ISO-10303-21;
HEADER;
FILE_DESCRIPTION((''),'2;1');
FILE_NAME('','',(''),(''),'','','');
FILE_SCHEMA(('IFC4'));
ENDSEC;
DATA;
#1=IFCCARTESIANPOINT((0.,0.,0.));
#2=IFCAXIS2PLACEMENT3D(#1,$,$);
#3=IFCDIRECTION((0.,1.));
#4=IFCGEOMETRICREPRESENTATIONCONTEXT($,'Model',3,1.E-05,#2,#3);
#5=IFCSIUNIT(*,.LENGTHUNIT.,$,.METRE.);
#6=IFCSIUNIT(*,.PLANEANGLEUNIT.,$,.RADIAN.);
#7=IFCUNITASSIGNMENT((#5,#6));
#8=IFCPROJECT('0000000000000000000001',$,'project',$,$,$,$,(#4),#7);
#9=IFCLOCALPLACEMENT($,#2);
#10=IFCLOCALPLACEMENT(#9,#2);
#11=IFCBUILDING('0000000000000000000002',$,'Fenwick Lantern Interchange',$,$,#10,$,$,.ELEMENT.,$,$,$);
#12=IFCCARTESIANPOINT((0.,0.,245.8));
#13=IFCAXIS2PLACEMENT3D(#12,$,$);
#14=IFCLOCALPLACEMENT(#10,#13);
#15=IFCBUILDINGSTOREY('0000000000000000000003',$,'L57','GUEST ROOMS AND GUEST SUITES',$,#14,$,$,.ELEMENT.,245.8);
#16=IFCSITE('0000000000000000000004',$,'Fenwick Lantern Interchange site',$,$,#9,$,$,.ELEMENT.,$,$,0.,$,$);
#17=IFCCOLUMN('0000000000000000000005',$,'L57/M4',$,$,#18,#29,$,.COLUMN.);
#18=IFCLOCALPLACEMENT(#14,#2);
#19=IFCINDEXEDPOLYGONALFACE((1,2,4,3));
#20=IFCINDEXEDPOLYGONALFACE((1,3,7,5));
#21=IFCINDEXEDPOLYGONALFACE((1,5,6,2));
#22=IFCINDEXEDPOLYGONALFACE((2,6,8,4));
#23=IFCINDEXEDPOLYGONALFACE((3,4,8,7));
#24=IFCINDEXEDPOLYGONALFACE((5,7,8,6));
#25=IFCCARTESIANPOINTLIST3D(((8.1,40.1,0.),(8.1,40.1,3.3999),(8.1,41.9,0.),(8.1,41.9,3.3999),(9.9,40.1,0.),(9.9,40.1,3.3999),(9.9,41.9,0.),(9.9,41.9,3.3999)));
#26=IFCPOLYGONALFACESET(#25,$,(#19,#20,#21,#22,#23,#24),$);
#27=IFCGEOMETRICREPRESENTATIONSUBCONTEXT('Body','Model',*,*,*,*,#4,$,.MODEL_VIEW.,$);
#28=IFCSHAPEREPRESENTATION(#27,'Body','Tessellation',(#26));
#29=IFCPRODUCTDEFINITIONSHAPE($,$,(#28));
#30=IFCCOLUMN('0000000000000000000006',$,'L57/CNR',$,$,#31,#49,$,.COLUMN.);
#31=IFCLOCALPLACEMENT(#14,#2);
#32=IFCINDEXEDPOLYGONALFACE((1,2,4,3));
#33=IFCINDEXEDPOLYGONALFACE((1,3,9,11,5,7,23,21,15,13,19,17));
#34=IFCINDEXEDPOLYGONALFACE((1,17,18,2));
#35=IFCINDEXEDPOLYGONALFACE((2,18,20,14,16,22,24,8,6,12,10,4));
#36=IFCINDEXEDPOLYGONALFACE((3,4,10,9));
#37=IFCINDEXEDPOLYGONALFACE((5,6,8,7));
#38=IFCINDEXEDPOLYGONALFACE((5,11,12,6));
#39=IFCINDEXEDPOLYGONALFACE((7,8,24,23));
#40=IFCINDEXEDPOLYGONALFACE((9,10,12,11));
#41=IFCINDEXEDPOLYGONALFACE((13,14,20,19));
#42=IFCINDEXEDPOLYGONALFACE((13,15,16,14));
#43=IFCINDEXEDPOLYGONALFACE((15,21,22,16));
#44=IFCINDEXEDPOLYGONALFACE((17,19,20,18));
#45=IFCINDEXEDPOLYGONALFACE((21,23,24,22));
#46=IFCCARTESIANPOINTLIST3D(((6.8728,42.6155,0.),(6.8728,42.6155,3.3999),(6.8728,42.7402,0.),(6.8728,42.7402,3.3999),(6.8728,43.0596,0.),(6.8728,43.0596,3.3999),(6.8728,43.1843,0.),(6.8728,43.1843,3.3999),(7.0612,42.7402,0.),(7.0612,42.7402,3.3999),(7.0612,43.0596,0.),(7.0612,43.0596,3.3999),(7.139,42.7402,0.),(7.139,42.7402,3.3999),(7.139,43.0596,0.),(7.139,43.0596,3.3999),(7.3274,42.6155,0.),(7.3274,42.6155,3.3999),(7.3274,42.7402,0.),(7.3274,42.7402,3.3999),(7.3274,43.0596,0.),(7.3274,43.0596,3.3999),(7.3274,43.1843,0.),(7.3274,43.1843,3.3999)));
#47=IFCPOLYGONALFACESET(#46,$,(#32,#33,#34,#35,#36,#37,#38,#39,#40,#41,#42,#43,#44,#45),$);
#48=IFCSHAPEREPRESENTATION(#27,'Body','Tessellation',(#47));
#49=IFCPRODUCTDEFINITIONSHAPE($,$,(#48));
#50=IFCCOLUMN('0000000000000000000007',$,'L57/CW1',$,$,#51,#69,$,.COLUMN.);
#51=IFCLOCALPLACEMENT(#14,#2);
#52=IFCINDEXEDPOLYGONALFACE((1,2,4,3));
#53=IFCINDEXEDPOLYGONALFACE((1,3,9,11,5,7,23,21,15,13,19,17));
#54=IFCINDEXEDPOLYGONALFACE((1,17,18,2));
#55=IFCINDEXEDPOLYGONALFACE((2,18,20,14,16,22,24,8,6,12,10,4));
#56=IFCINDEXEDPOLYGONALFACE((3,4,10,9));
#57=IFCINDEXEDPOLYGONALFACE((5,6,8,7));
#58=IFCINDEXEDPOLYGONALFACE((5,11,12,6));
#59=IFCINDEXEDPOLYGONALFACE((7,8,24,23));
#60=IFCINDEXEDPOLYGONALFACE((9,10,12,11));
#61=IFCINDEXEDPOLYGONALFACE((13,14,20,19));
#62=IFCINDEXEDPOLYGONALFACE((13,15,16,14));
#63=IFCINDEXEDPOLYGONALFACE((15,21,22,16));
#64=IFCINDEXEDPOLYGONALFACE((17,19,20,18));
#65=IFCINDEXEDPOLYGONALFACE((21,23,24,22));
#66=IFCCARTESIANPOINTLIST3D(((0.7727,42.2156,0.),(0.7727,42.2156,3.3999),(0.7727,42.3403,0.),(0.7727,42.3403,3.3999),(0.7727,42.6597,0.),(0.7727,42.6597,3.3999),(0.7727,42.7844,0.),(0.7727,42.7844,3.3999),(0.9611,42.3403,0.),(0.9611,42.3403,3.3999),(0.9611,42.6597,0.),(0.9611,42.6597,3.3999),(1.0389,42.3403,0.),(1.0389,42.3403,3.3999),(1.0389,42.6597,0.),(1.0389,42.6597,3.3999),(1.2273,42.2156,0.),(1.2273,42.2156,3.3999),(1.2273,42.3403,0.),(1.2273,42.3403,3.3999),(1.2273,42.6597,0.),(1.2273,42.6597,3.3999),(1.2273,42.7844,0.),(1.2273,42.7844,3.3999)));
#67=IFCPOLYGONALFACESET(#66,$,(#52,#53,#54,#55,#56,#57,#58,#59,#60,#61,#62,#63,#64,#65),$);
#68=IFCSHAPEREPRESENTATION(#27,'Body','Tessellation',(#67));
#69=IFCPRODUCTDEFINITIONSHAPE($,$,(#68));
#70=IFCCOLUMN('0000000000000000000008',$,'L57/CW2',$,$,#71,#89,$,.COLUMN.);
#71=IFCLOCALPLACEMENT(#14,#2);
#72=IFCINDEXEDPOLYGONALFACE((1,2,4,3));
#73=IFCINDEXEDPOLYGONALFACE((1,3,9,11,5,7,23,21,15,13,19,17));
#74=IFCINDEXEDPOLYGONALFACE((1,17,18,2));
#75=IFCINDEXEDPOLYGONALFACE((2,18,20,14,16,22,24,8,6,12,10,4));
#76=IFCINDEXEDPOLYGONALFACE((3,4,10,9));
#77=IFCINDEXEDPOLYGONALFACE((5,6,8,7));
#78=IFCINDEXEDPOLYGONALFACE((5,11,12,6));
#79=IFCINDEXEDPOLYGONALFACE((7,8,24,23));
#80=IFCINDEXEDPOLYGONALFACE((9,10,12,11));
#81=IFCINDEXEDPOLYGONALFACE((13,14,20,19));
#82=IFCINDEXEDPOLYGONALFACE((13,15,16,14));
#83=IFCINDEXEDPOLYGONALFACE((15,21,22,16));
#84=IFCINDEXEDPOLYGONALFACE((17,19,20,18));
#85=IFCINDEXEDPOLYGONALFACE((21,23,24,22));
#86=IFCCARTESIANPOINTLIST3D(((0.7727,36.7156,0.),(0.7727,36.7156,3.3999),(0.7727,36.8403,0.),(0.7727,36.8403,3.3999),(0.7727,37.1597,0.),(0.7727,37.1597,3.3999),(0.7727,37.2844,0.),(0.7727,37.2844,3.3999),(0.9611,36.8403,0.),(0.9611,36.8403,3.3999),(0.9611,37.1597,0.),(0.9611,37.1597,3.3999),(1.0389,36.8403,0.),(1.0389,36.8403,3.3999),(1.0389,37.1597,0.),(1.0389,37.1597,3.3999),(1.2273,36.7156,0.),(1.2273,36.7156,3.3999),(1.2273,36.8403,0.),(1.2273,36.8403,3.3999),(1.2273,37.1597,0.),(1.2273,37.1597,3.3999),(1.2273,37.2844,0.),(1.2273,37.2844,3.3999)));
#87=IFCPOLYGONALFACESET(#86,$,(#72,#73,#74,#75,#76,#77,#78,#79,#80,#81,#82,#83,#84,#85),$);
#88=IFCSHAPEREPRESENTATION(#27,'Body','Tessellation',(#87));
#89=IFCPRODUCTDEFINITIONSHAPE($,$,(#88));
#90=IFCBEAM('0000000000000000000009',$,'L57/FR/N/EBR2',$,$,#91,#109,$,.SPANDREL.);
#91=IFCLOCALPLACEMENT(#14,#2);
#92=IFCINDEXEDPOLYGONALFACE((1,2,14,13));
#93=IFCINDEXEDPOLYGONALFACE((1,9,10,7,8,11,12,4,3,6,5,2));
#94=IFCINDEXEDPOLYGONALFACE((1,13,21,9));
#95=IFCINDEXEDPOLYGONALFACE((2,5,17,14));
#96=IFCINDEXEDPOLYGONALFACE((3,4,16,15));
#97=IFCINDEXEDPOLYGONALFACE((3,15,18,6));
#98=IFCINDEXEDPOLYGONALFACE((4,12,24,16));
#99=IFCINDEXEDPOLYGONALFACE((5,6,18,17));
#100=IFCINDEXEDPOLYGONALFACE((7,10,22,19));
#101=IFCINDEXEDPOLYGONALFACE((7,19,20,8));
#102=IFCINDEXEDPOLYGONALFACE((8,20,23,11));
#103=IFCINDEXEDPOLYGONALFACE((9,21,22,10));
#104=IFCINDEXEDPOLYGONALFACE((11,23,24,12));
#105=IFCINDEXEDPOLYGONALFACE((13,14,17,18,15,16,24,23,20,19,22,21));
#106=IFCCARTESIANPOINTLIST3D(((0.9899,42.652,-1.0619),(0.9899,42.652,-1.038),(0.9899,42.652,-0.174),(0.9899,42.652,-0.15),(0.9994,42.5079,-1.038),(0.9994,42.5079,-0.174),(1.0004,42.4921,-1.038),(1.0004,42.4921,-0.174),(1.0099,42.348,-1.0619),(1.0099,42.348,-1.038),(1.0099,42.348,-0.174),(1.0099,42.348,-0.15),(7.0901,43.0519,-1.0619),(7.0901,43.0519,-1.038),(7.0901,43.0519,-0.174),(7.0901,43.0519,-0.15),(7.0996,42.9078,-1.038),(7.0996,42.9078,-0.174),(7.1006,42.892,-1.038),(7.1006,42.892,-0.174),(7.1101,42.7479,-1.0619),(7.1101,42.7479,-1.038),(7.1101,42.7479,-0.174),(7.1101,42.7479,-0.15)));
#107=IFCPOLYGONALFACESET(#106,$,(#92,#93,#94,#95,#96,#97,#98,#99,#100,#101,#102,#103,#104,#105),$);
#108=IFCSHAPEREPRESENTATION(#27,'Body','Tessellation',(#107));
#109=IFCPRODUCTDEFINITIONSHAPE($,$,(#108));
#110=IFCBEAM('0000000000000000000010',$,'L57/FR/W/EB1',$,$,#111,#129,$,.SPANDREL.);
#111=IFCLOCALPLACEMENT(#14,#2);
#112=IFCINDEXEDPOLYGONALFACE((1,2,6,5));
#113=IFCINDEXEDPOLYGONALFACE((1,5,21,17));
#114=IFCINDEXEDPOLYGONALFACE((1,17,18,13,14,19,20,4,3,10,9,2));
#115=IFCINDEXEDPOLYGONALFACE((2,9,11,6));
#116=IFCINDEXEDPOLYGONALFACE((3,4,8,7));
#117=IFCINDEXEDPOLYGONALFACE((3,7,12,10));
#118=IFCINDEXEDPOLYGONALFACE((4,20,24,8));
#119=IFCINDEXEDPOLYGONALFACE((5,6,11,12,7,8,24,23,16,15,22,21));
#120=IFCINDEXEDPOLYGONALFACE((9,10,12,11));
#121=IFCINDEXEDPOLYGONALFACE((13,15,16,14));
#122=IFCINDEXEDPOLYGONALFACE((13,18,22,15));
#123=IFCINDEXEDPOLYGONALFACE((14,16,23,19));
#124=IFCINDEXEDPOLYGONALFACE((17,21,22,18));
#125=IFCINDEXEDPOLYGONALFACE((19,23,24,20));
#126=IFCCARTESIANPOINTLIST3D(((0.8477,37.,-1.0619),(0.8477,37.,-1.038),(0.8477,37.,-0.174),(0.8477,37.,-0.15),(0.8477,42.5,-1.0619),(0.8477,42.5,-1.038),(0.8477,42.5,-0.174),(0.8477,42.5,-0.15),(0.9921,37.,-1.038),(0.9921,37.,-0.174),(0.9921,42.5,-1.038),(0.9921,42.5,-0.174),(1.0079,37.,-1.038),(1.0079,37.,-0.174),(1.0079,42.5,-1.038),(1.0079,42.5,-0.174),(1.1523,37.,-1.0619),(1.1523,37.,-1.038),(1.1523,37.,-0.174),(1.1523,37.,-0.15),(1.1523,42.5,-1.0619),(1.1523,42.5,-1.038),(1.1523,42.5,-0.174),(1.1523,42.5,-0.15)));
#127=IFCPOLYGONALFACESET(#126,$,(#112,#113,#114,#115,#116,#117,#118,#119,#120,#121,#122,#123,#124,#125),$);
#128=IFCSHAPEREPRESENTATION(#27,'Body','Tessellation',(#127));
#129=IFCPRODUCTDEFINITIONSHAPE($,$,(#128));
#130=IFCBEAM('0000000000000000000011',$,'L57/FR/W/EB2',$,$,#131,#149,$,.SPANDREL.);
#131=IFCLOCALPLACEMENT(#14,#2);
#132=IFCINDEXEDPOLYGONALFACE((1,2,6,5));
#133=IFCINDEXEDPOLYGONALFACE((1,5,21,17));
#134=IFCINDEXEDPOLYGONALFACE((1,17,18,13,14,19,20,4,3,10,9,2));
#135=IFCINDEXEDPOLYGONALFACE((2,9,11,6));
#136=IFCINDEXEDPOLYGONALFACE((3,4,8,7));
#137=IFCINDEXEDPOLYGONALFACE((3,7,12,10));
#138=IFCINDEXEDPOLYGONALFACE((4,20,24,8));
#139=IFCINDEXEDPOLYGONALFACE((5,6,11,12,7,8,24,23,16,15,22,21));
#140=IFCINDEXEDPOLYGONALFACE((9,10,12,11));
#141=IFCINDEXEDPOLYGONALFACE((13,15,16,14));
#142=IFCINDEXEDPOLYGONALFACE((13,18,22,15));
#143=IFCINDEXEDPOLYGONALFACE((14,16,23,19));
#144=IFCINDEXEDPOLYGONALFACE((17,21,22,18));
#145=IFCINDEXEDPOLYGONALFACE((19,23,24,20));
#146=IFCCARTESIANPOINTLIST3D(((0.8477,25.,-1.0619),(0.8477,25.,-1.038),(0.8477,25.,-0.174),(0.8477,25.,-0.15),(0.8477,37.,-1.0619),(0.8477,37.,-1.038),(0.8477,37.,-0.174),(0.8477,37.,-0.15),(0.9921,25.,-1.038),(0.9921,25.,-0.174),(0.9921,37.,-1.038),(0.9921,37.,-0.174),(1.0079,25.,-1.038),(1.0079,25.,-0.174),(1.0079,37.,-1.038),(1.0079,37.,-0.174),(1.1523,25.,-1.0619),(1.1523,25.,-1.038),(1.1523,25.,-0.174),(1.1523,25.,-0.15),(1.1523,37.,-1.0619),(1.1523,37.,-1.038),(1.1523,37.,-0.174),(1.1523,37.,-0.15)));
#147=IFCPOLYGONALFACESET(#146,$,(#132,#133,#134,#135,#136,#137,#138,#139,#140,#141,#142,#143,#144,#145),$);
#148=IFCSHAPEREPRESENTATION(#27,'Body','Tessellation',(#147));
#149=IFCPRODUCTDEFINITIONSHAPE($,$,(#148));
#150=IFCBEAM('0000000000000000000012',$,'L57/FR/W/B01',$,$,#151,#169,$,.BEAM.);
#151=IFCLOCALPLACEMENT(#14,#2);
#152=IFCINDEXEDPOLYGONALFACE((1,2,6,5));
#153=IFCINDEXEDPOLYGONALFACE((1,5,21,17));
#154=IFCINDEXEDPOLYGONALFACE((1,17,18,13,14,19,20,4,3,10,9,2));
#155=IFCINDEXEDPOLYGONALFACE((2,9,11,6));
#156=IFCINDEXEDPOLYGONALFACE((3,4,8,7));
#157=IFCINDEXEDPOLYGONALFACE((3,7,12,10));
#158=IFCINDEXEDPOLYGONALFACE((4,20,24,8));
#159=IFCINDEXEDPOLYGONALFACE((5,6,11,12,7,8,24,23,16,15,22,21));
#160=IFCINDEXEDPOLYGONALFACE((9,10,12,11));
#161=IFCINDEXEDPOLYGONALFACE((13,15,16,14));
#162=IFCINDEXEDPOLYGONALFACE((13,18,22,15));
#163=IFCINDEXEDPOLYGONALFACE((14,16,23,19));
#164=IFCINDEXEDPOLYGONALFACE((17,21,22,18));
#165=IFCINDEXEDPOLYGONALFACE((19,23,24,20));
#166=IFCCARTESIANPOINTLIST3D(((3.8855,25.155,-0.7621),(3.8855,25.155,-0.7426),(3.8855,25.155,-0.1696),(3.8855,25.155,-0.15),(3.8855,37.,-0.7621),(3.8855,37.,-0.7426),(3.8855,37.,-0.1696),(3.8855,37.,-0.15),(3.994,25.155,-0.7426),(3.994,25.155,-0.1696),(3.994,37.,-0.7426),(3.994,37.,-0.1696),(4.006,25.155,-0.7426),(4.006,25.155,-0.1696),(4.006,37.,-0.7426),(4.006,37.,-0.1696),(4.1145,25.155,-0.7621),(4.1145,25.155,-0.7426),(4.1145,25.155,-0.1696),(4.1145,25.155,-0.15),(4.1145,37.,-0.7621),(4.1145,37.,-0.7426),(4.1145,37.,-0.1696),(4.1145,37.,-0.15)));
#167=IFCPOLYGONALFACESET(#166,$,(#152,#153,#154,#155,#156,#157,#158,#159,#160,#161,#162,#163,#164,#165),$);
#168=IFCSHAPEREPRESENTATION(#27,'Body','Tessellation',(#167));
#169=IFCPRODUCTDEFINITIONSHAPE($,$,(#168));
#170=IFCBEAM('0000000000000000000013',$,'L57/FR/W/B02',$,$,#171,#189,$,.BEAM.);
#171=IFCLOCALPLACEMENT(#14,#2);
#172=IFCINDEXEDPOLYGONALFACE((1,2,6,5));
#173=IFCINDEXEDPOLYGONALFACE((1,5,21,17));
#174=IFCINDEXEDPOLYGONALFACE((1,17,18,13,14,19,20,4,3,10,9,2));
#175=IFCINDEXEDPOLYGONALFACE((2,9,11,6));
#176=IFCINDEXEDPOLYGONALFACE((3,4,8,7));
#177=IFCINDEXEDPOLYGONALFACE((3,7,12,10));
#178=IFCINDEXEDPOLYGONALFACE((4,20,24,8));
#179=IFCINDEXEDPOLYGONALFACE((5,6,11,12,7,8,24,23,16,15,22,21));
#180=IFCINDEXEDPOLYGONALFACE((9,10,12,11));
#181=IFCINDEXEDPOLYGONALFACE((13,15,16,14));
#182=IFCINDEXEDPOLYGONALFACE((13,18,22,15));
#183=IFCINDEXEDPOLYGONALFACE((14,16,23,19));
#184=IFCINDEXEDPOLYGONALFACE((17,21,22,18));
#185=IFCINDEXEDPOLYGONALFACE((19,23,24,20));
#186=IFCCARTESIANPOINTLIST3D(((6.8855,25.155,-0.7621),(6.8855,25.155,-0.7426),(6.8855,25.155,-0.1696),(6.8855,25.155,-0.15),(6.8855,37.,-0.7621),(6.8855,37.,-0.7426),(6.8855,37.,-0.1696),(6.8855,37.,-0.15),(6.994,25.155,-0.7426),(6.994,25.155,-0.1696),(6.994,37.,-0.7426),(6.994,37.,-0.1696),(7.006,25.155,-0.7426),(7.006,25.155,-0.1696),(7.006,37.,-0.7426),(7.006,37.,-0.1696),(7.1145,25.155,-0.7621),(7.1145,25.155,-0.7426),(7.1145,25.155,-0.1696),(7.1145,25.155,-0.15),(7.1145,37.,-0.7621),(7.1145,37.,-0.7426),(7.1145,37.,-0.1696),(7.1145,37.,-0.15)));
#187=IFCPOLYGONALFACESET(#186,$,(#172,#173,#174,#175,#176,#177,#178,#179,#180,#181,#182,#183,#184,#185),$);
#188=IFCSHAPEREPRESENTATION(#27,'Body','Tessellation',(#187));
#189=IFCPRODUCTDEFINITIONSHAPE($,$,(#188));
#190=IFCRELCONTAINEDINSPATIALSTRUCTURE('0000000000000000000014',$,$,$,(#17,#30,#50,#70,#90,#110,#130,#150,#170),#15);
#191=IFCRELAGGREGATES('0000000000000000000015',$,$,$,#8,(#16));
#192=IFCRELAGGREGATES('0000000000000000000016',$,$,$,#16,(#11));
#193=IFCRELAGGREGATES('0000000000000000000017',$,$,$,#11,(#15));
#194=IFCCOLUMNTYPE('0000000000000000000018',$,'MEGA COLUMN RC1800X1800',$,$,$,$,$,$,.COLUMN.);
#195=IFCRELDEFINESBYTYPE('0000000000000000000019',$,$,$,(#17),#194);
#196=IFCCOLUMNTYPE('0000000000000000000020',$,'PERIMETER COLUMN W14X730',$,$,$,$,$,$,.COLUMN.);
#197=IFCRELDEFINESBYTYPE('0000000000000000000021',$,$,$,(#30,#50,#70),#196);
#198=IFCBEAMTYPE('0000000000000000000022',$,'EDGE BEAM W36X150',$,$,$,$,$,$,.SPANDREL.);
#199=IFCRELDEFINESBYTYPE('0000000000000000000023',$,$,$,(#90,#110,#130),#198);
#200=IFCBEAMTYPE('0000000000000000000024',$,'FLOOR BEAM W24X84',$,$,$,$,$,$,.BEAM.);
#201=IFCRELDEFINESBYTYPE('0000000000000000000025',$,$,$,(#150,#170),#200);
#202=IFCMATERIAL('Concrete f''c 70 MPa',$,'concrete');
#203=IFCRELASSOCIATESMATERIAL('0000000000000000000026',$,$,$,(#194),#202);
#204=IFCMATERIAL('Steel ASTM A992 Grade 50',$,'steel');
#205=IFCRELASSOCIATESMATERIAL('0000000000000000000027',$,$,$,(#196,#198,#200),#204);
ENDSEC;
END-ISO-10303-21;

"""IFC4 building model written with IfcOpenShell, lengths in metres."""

from ifc_helpers import new_model, si_unit, direction, frame, origin, origin_2d, place, context, subcontext, project, spatial, rectangle, i_section, extrude, material, material_profile, profile_set, type_object, element, save


model = new_model("IFC4")

# Units and contexts
model_context = context("Model", 3, precision=1e-05, world=origin(), true_north=direction((0.0, 1.0)))
body_context = subcontext(model_context, "Body", "Model", "MODEL_VIEW")
ifc_project = project(units=[si_unit("LENGTHUNIT", "METRE"), si_unit("PLANEANGLEUNIT", "RADIAN")], contexts=[model_context])

# Site, building, storey
site_placement = place(None, origin())
site = spatial("IfcSite", under=ifc_project, at=site_placement, Name="Fenwick Lantern Interchange site", CompositionType="ELEMENT", RefElevation=0.0)
building_placement = place(site_placement, origin())
building = spatial("IfcBuilding", under=site, at=building_placement, Name="Fenwick Lantern Interchange", CompositionType="ELEMENT")
storey_placement = place(building_placement, frame((0.0, 0.0, 245.8)))
storey = spatial("IfcBuildingStorey", under=building, at=storey_placement, Name="L57", Description="GUEST ROOMS AND GUEST SUITES", CompositionType="ELEMENT", Elevation=245.8)

# Columns
ifc_material_1 = material(Name="Concrete f'c 70 MPa", Category="concrete")
ifc_material_profile_1 = material_profile(ifc_material_1, rectangle(XDim=1.8, YDim=1.8, at=origin_2d()), Name="RC1800X1800")
ifc_profile_set_1 = profile_set([ifc_material_profile_1], Name="Concrete f'c 70 MPa")
column_type_1 = type_object("IfcColumnType", Name="MEGA COLUMN RC1800X1800", PredefinedType="COLUMN", material=ifc_profile_set_1)
column_placement = place(storey_placement, frame((9.0, 41.0, 0.0), z_axis=(0.0, 0.0, 1.0), x_axis=(1.0, 0.0, 0.0)))
element("IfcColumn", 1, at=column_placement, inside=storey, type_object=column_type_1, Name="L57/M4", PredefinedType="COLUMN", context=body_context, shape_type="SweptSolid", body=[
    extrude(rectangle(XDim=1.8, YDim=1.8, at=origin_2d()), origin(), (0.0, 0.0, 1.0), 3.3999),
])
ifc_material_2 = material(Name="Steel ASTM A992 Grade 50", Category="steel")
ifc_material_profile_2 = material_profile(ifc_material_2, i_section(OverallWidth=0.4546, OverallDepth=0.5688, WebThickness=0.0779, FlangeThickness=0.1248, at=origin_2d()), Name="W14X730")
ifc_profile_set_2 = profile_set([ifc_material_profile_2], Name="Steel ASTM A992 Grade 50")
column_type_2 = type_object("IfcColumnType", Name="PERIMETER COLUMN W14X730", PredefinedType="COLUMN", material=ifc_profile_set_2)
for number, where, z_axis, x_axis, name in (
    (2, (7.1001, 42.8999, 0.0), (0.0, 0.0, 1.0), (1.0, 0.0, 0.0), "L57/CNR"),
    (3, (1.0, 42.5, 0.0), (0.0, 0.0, 1.0), (1.0, 0.0, 0.0), "L57/CW1"),
    (4, (1.0, 37.0, 0.0), (0.0, 0.0, 1.0), (1.0, 0.0, 0.0), "L57/CW2"),
):
    element("IfcColumn", number, at=place(storey_placement, frame(where, z_axis=z_axis, x_axis=x_axis)), inside=storey, type_object=column_type_2, Name=name, PredefinedType="COLUMN", context=body_context, shape_type="SweptSolid", body=[
        extrude(i_section(OverallWidth=0.4546, OverallDepth=0.5688, WebThickness=0.0779, FlangeThickness=0.1248, at=origin_2d()), origin(), (0.0, 0.0, 1.0), 3.3999),
    ])

# Beams
ifc_material_profile_3 = material_profile(ifc_material_2, i_section(OverallWidth=0.3047, OverallDepth=0.9119, WebThickness=0.0159, FlangeThickness=0.0239, at=origin_2d()), Name="W36X150")
ifc_profile_set_3 = profile_set([ifc_material_profile_3], Name="Steel ASTM A992 Grade 50")
beam_type_1 = type_object("IfcBeamType", Name="EDGE BEAM W36X150", PredefinedType="SPANDREL", material=ifc_profile_set_3)
beam_1_placement = place(storey_placement, frame((7.1001, 42.8999, -0.606), z_axis=(-0.997858, -0.065416, 0.0), x_axis=(0.065416, -0.997858, 0.0)))
element("IfcBeam", 5, at=beam_1_placement, inside=storey, type_object=beam_type_1, Name="L57/FR/N/EBR2", PredefinedType="SPANDREL", context=body_context, shape_type="SweptSolid", body=[
    extrude(i_section(OverallWidth=0.3047, OverallDepth=0.9119, WebThickness=0.0159, FlangeThickness=0.0239, at=origin_2d()), origin(), (0.0, 0.0, 1.0), 6.1133),
])
beam_2_placement = place(storey_placement, frame((1.0, 42.5, -0.606), z_axis=(0.0, -1.0, 0.0), x_axis=(1.0, 0.0, 0.0)))
element("IfcBeam", 6, at=beam_2_placement, inside=storey, type_object=beam_type_1, Name="L57/FR/W/EB1", PredefinedType="SPANDREL", context=body_context, shape_type="SweptSolid", body=[
    extrude(i_section(OverallWidth=0.3047, OverallDepth=0.9119, WebThickness=0.0159, FlangeThickness=0.0239, at=origin_2d()), origin(), (0.0, 0.0, 1.0), 5.5),
])
beam_3_placement = place(storey_placement, frame((1.0, 37.0, -0.606), z_axis=(0.0, -1.0, 0.0), x_axis=(1.0, 0.0, 0.0)))
element("IfcBeam", 7, at=beam_3_placement, inside=storey, type_object=beam_type_1, Name="L57/FR/W/EB2", PredefinedType="SPANDREL", context=body_context, shape_type="SweptSolid", body=[
    extrude(i_section(OverallWidth=0.3047, OverallDepth=0.9119, WebThickness=0.0159, FlangeThickness=0.0239, at=origin_2d()), origin(), (0.0, 0.0, 1.0), 12.0),
])
ifc_material_profile_4 = material_profile(ifc_material_2, i_section(OverallWidth=0.229, OverallDepth=0.6121, WebThickness=0.012, FlangeThickness=0.0195, at=origin_2d()), Name="W24X84")
ifc_profile_set_4 = profile_set([ifc_material_profile_4], Name="Steel ASTM A992 Grade 50")
beam_type_2 = type_object("IfcBeamType", Name="FLOOR BEAM W24X84", PredefinedType="BEAM", material=ifc_profile_set_4)
for number, where, z_axis, x_axis, name in (
    (8, (4.0, 37.0, -0.4561), (0.0, -1.0, 0.0), (1.0, 0.0, 0.0), "L57/FR/W/B01"),
    (9, (7.0, 37.0, -0.4561), (0.0, -1.0, 0.0), (1.0, 0.0, 0.0), "L57/FR/W/B02"),
):
    element("IfcBeam", number, at=place(storey_placement, frame(where, z_axis=z_axis, x_axis=x_axis)), inside=storey, type_object=beam_type_2, Name=name, PredefinedType="BEAM", context=body_context, shape_type="SweptSolid", body=[
        extrude(i_section(OverallWidth=0.229, OverallDepth=0.6121, WebThickness=0.012, FlangeThickness=0.0195, at=origin_2d()), origin(), (0.0, 0.0, 1.0), 11.845),
    ])

save(model, "model.ifc")
